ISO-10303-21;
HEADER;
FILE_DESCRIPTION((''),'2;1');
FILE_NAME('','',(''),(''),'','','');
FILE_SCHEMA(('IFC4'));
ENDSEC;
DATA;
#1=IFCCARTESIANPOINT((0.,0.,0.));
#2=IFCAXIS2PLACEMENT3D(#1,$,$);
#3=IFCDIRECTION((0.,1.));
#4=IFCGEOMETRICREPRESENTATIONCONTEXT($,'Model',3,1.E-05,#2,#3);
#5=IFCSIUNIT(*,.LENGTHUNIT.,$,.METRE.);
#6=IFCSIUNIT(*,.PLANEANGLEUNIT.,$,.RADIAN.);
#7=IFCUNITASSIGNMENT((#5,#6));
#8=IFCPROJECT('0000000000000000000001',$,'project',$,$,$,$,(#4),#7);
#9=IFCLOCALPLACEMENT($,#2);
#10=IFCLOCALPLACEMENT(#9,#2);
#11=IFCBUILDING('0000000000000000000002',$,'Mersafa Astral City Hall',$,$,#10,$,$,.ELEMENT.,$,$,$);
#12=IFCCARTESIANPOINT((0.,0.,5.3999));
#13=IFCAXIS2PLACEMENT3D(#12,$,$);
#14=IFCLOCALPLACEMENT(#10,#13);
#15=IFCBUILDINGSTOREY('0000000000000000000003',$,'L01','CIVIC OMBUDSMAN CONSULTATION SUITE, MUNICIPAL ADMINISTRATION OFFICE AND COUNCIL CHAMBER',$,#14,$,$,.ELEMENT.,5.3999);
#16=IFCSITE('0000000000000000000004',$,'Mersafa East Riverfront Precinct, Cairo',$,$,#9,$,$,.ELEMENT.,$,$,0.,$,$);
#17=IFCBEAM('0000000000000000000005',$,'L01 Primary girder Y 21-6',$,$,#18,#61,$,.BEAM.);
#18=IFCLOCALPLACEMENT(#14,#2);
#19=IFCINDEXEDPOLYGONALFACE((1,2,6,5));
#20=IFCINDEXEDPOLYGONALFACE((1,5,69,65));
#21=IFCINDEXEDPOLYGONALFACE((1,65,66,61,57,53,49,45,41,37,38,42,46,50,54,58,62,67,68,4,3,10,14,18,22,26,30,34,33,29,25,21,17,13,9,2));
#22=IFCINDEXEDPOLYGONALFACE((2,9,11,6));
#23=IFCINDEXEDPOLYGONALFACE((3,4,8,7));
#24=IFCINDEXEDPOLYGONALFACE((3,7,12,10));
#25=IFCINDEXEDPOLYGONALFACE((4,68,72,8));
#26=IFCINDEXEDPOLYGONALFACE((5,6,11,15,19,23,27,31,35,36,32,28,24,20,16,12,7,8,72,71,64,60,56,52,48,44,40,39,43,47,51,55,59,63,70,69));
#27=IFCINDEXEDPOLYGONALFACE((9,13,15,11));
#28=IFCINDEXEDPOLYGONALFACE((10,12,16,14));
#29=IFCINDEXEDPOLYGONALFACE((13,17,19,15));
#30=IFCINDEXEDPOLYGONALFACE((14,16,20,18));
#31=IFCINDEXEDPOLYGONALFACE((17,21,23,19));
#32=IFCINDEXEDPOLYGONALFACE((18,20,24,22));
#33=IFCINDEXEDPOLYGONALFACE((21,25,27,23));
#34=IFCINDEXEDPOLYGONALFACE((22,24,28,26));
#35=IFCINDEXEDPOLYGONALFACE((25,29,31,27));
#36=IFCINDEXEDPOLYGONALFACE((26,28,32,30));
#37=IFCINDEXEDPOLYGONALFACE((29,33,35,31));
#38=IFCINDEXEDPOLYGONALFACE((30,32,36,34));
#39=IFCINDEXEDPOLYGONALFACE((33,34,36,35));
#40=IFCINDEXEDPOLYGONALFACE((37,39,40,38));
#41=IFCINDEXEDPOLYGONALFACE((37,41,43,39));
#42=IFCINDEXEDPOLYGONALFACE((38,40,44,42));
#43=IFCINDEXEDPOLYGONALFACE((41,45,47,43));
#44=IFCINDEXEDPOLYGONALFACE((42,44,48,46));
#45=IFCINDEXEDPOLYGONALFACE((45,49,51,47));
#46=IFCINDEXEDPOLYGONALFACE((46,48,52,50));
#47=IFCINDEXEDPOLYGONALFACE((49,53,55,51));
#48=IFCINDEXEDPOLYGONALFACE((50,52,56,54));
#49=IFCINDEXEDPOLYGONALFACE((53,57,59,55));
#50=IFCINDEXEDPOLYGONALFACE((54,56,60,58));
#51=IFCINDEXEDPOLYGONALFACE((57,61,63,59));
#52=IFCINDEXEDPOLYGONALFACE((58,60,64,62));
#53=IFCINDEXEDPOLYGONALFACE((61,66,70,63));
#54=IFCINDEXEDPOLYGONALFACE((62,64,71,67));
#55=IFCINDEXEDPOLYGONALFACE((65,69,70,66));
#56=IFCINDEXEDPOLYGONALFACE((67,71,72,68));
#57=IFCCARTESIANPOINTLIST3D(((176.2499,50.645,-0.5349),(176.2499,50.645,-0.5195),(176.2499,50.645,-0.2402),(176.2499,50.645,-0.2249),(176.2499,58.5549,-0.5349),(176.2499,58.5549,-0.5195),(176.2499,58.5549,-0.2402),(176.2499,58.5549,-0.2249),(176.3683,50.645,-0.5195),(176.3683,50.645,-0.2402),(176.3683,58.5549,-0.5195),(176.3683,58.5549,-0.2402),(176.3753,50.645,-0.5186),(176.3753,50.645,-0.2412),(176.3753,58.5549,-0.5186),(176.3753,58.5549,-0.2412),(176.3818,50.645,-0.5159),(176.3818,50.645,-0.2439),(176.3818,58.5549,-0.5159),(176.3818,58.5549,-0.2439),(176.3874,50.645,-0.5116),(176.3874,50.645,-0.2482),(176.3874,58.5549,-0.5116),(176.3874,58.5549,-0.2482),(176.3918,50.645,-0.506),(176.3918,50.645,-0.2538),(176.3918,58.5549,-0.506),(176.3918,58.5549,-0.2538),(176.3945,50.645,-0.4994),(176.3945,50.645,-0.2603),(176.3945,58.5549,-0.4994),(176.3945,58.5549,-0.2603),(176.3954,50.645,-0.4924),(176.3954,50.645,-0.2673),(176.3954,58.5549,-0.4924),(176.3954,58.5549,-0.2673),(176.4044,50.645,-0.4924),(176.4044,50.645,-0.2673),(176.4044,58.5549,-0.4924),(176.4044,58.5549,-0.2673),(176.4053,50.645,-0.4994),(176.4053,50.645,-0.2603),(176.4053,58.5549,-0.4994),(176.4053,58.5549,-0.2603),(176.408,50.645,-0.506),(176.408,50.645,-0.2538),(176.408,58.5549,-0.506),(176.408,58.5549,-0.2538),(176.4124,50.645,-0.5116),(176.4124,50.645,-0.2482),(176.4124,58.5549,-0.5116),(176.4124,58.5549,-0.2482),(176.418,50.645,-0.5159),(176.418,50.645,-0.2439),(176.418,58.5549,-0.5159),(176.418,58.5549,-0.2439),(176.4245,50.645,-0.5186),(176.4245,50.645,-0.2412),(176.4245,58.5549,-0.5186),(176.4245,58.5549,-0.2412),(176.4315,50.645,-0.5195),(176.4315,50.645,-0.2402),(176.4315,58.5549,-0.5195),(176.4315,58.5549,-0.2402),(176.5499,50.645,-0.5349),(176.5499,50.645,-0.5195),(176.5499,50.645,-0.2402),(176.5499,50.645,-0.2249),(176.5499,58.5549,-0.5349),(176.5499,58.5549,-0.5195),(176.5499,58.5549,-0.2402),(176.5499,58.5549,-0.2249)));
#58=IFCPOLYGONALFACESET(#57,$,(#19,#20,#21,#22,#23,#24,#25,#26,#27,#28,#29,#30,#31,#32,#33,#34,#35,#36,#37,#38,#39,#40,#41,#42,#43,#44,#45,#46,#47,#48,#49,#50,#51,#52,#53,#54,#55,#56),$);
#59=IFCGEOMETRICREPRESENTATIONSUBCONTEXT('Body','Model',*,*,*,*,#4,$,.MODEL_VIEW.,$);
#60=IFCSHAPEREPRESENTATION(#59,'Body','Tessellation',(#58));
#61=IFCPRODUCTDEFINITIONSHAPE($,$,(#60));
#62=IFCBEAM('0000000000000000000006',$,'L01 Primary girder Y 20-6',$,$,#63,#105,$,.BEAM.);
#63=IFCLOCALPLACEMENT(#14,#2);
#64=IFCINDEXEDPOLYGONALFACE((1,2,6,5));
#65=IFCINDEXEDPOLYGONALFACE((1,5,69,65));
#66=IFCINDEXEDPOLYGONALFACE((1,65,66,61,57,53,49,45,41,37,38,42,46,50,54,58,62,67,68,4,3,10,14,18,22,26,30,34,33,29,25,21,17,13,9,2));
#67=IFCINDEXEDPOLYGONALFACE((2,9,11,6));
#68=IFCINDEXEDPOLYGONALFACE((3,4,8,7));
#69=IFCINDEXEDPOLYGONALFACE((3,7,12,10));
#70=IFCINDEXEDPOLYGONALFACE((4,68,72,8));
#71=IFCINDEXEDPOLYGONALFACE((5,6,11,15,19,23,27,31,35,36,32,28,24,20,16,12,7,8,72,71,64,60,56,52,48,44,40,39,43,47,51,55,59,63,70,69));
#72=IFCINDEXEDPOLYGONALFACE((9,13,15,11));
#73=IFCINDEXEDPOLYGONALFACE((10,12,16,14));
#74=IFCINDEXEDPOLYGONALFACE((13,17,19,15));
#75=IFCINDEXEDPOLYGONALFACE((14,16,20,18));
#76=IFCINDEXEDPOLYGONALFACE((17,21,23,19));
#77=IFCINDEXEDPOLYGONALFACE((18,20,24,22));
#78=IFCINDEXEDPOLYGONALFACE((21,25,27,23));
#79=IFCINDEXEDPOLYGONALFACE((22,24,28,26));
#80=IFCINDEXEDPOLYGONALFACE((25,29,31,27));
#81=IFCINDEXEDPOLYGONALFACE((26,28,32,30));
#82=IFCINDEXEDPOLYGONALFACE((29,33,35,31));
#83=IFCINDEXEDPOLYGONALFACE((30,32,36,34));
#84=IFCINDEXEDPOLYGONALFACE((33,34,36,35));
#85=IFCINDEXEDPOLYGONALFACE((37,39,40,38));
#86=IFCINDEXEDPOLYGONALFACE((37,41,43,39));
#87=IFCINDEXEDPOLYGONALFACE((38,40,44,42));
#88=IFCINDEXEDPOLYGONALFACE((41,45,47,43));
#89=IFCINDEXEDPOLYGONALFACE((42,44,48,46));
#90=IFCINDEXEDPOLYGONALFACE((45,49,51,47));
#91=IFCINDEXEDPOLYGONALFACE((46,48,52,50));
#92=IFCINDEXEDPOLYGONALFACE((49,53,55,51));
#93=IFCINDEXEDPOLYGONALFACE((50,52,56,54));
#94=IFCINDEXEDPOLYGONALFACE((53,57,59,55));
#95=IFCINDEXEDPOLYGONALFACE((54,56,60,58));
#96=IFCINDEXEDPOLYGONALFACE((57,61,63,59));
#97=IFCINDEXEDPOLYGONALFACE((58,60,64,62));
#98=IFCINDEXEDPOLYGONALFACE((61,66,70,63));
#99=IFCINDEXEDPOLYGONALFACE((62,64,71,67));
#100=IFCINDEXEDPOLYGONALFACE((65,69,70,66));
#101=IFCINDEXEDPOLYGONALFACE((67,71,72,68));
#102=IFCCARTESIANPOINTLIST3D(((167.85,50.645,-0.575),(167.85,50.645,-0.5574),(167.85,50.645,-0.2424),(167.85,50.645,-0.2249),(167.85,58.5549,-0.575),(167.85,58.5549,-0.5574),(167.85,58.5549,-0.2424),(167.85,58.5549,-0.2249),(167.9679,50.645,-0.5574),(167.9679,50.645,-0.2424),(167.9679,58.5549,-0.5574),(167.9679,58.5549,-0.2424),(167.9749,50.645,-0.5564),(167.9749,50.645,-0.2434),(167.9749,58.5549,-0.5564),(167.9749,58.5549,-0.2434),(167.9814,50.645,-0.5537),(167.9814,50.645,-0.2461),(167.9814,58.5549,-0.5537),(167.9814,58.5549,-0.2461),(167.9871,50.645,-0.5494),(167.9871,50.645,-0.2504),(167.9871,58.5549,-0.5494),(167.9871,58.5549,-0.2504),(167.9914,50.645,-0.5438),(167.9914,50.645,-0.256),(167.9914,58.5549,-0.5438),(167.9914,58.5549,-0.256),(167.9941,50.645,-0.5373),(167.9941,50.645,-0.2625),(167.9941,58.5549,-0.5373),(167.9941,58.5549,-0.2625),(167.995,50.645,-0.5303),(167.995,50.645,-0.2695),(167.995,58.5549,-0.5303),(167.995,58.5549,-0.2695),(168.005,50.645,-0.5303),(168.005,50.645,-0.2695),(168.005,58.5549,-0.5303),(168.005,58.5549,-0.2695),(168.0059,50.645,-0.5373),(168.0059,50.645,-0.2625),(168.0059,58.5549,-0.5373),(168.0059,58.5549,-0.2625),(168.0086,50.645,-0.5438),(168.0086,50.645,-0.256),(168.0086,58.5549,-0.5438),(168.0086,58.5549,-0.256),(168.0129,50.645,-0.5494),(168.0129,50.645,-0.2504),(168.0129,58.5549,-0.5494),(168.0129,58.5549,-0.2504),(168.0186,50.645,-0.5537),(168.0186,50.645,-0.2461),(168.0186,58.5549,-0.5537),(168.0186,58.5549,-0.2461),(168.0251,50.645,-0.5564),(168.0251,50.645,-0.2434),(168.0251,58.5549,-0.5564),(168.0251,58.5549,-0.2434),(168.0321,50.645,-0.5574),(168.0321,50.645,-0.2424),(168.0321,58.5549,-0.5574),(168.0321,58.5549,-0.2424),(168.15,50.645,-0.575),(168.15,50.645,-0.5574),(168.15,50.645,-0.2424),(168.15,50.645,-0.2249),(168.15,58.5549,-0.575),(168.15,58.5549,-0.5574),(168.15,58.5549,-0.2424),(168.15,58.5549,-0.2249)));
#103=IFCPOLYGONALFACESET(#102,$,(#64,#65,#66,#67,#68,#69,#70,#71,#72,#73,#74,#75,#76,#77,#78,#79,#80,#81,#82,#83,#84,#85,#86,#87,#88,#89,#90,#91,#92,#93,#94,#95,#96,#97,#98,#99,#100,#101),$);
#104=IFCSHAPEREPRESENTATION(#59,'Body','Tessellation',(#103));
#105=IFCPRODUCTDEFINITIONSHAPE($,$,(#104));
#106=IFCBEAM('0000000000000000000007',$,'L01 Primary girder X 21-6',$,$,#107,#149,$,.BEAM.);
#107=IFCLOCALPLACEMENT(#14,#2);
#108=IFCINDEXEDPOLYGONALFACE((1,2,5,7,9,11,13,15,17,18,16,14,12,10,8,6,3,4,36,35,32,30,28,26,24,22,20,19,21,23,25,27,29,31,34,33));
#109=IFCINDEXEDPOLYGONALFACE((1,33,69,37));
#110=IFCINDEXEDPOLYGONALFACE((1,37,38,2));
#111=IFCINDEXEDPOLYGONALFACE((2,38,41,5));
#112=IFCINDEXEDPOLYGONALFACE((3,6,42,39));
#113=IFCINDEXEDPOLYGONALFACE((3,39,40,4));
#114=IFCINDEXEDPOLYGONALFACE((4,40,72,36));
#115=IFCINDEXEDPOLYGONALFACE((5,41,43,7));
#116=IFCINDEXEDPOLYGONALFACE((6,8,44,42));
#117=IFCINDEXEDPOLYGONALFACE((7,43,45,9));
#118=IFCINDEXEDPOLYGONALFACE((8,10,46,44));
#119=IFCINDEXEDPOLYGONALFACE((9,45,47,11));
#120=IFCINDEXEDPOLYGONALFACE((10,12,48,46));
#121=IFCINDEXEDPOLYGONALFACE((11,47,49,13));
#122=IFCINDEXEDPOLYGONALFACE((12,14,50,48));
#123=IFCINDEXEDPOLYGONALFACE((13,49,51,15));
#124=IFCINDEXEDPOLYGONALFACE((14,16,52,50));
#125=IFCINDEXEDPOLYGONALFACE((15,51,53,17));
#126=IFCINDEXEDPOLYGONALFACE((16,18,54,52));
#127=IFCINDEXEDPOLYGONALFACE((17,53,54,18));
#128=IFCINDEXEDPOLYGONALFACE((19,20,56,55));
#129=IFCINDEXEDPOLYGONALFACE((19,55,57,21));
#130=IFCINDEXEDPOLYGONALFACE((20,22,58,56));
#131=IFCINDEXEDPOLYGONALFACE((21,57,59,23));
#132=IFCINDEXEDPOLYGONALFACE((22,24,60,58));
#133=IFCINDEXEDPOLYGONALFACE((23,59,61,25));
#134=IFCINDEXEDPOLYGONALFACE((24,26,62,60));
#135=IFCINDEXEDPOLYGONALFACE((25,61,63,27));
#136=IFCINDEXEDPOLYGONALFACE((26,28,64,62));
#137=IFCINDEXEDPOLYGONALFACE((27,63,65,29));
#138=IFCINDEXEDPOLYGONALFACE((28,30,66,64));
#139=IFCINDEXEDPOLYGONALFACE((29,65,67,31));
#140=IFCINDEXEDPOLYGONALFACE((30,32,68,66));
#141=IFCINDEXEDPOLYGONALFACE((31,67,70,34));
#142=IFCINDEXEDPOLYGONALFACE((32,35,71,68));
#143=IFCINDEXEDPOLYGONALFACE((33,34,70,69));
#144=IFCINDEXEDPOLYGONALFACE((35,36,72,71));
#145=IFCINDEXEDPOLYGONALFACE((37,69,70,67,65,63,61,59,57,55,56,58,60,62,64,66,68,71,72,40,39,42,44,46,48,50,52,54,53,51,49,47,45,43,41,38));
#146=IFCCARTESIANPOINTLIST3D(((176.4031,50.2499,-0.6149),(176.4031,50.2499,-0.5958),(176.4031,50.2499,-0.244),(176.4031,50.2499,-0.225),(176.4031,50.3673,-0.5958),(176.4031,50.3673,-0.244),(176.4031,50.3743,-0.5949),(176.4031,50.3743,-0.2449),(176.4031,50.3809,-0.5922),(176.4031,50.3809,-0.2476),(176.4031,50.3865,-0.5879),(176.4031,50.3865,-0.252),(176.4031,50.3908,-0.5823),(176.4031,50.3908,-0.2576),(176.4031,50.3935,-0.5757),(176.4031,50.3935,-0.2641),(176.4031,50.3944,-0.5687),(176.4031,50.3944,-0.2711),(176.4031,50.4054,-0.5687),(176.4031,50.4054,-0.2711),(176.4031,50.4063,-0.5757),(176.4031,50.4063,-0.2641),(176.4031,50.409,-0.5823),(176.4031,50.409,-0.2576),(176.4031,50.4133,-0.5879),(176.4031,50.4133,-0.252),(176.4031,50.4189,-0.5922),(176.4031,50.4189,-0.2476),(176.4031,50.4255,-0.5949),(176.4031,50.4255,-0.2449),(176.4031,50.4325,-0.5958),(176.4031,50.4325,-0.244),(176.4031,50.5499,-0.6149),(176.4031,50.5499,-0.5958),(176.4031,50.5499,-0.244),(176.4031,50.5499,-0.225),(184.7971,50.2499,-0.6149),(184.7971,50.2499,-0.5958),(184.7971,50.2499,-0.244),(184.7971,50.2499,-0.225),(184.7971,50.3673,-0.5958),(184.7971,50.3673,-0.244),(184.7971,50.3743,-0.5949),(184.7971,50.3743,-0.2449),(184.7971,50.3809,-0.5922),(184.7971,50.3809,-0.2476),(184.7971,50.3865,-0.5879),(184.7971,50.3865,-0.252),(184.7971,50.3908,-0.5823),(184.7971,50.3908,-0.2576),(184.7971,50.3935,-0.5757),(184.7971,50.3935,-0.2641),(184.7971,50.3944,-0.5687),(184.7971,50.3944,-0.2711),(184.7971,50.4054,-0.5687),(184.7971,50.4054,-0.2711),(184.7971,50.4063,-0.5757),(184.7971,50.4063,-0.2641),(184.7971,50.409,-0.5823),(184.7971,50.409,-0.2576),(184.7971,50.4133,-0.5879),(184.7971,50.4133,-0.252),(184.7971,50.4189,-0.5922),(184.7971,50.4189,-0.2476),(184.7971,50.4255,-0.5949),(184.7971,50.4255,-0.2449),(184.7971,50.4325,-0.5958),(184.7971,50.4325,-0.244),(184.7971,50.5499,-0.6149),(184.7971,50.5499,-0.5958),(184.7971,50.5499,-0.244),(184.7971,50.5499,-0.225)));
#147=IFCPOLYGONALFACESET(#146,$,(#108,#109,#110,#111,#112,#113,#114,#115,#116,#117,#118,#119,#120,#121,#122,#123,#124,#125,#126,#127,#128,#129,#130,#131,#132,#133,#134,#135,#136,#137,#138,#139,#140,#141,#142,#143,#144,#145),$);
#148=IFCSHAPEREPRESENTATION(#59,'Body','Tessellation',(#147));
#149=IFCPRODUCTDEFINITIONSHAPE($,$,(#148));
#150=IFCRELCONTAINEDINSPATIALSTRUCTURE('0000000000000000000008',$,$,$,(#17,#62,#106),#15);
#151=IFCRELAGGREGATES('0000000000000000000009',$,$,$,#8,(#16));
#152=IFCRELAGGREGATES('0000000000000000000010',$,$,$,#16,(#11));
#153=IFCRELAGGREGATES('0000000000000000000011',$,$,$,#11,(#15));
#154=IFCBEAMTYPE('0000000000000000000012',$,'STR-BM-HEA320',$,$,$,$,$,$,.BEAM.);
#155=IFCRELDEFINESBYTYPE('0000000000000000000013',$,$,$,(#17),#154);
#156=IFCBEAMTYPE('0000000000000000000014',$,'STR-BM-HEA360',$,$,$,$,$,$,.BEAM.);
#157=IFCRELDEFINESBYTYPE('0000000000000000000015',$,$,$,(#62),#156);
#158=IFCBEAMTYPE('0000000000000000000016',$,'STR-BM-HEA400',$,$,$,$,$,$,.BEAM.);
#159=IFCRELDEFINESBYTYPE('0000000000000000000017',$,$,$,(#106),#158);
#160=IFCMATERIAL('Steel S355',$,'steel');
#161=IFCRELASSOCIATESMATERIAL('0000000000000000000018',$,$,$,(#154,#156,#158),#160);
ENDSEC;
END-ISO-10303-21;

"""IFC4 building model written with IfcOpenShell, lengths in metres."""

from ifc_helpers import new_model, si_unit, direction, frame, origin, origin_2d, place, context, subcontext, project, spatial, i_section, extrude, material, material_profile, profile_set, type_object, element, save


model = new_model("IFC4")

# Units and contexts
model_context = context("Model", 3, precision=1e-05, world=origin(), true_north=direction((0.0, 1.0)))
body_context = subcontext(model_context, "Body", "Model", "MODEL_VIEW")
ifc_project = project(units=[si_unit("LENGTHUNIT", "METRE"), si_unit("PLANEANGLEUNIT", "RADIAN")], contexts=[model_context])

# Site, building, storey
site_placement = place(None, origin())
site = spatial("IfcSite", under=ifc_project, at=site_placement, Name="Mersafa East Riverfront Precinct, Cairo", CompositionType="ELEMENT", RefElevation=0.0)
building_placement = place(site_placement, origin())
building = spatial("IfcBuilding", under=site, at=building_placement, Name="Mersafa Astral City Hall", CompositionType="ELEMENT")
storey_placement = place(building_placement, frame((0.0, 0.0, 5.3999)))
storey = spatial("IfcBuildingStorey", under=building, at=storey_placement, Name="L01", Description="CIVIC OMBUDSMAN CONSULTATION SUITE, MUNICIPAL ADMINISTRATION OFFICE AND COUNCIL CHAMBER", CompositionType="ELEMENT", Elevation=5.3999)

# Shared definitions
ifc_material_1 = material(Name="Steel S355", Category="steel")

# Beams
ifc_material_profile_1 = material_profile(ifc_material_1, i_section(OverallWidth=0.3, OverallDepth=0.3101, WebThickness=0.009, FlangeThickness=0.0154, FilletRadius=0.0271, at=origin_2d()), Name="HEA 320")
ifc_profile_set_1 = profile_set([ifc_material_profile_1], Name="Steel S355")
beam_type_1 = type_object("IfcBeamType", Name="STR-BM-HEA320", PredefinedType="BEAM", material=ifc_profile_set_1)
beam_1_placement = place(storey_placement, frame((176.3999, 50.645, -0.3799), z_axis=(0.0, 1.0, 0.0), x_axis=(-1.0, 0.0, 0.0)))
element("IfcBeam", 1, at=beam_1_placement, inside=storey, type_object=beam_type_1, Name="L01 Primary girder Y 21-6", PredefinedType="BEAM", context=body_context, shape_type="SweptSolid", body=[
    extrude(i_section(OverallWidth=0.3, OverallDepth=0.3101, WebThickness=0.009, FlangeThickness=0.0154, FilletRadius=0.0271, at=origin_2d()), origin(), (0.0, 0.0, 1.0), 7.9099),
])
ifc_material_profile_2 = material_profile(ifc_material_1, i_section(OverallWidth=0.3, OverallDepth=0.3501, WebThickness=0.01, FlangeThickness=0.0176, FilletRadius=0.0271, at=origin_2d()), Name="HEA 360")
ifc_profile_set_2 = profile_set([ifc_material_profile_2], Name="Steel S355")
beam_type_2 = type_object("IfcBeamType", Name="STR-BM-HEA360", PredefinedType="BEAM", material=ifc_profile_set_2)
beam_2_placement = place(storey_placement, frame((168.0, 50.645, -0.3999), z_axis=(0.0, 1.0, 0.0), x_axis=(-1.0, 0.0, 0.0)))
element("IfcBeam", 2, at=beam_2_placement, inside=storey, type_object=beam_type_2, Name="L01 Primary girder Y 20-6", PredefinedType="BEAM", context=body_context, shape_type="SweptSolid", body=[
    extrude(i_section(OverallWidth=0.3, OverallDepth=0.3501, WebThickness=0.01, FlangeThickness=0.0176, FilletRadius=0.0271, at=origin_2d()), origin(), (0.0, 0.0, 1.0), 7.9099),
])
ifc_material_profile_3 = material_profile(ifc_material_1, i_section(OverallWidth=0.3, OverallDepth=0.3899, WebThickness=0.011, FlangeThickness=0.019, FilletRadius=0.0271, at=origin_2d()), Name="HEA 400")
ifc_profile_set_3 = profile_set([ifc_material_profile_3], Name="Steel S355")
beam_type_3 = type_object("IfcBeamType", Name="STR-BM-HEA400", PredefinedType="BEAM", material=ifc_profile_set_3)
beam_3_placement = place(storey_placement, frame((176.4031, 50.3999, -0.4199), z_axis=(1.0, 0.0, 0.0), x_axis=(0.0, 1.0, 0.0)))
element("IfcBeam", 3, at=beam_3_placement, inside=storey, type_object=beam_type_3, Name="L01 Primary girder X 21-6", PredefinedType="BEAM", context=body_context, shape_type="SweptSolid", body=[
    extrude(i_section(OverallWidth=0.3, OverallDepth=0.3899, WebThickness=0.011, FlangeThickness=0.019, FilletRadius=0.0271, at=origin_2d()), origin(), (0.0, 0.0, 1.0), 8.394),
])

save(model, "model.ifc")
